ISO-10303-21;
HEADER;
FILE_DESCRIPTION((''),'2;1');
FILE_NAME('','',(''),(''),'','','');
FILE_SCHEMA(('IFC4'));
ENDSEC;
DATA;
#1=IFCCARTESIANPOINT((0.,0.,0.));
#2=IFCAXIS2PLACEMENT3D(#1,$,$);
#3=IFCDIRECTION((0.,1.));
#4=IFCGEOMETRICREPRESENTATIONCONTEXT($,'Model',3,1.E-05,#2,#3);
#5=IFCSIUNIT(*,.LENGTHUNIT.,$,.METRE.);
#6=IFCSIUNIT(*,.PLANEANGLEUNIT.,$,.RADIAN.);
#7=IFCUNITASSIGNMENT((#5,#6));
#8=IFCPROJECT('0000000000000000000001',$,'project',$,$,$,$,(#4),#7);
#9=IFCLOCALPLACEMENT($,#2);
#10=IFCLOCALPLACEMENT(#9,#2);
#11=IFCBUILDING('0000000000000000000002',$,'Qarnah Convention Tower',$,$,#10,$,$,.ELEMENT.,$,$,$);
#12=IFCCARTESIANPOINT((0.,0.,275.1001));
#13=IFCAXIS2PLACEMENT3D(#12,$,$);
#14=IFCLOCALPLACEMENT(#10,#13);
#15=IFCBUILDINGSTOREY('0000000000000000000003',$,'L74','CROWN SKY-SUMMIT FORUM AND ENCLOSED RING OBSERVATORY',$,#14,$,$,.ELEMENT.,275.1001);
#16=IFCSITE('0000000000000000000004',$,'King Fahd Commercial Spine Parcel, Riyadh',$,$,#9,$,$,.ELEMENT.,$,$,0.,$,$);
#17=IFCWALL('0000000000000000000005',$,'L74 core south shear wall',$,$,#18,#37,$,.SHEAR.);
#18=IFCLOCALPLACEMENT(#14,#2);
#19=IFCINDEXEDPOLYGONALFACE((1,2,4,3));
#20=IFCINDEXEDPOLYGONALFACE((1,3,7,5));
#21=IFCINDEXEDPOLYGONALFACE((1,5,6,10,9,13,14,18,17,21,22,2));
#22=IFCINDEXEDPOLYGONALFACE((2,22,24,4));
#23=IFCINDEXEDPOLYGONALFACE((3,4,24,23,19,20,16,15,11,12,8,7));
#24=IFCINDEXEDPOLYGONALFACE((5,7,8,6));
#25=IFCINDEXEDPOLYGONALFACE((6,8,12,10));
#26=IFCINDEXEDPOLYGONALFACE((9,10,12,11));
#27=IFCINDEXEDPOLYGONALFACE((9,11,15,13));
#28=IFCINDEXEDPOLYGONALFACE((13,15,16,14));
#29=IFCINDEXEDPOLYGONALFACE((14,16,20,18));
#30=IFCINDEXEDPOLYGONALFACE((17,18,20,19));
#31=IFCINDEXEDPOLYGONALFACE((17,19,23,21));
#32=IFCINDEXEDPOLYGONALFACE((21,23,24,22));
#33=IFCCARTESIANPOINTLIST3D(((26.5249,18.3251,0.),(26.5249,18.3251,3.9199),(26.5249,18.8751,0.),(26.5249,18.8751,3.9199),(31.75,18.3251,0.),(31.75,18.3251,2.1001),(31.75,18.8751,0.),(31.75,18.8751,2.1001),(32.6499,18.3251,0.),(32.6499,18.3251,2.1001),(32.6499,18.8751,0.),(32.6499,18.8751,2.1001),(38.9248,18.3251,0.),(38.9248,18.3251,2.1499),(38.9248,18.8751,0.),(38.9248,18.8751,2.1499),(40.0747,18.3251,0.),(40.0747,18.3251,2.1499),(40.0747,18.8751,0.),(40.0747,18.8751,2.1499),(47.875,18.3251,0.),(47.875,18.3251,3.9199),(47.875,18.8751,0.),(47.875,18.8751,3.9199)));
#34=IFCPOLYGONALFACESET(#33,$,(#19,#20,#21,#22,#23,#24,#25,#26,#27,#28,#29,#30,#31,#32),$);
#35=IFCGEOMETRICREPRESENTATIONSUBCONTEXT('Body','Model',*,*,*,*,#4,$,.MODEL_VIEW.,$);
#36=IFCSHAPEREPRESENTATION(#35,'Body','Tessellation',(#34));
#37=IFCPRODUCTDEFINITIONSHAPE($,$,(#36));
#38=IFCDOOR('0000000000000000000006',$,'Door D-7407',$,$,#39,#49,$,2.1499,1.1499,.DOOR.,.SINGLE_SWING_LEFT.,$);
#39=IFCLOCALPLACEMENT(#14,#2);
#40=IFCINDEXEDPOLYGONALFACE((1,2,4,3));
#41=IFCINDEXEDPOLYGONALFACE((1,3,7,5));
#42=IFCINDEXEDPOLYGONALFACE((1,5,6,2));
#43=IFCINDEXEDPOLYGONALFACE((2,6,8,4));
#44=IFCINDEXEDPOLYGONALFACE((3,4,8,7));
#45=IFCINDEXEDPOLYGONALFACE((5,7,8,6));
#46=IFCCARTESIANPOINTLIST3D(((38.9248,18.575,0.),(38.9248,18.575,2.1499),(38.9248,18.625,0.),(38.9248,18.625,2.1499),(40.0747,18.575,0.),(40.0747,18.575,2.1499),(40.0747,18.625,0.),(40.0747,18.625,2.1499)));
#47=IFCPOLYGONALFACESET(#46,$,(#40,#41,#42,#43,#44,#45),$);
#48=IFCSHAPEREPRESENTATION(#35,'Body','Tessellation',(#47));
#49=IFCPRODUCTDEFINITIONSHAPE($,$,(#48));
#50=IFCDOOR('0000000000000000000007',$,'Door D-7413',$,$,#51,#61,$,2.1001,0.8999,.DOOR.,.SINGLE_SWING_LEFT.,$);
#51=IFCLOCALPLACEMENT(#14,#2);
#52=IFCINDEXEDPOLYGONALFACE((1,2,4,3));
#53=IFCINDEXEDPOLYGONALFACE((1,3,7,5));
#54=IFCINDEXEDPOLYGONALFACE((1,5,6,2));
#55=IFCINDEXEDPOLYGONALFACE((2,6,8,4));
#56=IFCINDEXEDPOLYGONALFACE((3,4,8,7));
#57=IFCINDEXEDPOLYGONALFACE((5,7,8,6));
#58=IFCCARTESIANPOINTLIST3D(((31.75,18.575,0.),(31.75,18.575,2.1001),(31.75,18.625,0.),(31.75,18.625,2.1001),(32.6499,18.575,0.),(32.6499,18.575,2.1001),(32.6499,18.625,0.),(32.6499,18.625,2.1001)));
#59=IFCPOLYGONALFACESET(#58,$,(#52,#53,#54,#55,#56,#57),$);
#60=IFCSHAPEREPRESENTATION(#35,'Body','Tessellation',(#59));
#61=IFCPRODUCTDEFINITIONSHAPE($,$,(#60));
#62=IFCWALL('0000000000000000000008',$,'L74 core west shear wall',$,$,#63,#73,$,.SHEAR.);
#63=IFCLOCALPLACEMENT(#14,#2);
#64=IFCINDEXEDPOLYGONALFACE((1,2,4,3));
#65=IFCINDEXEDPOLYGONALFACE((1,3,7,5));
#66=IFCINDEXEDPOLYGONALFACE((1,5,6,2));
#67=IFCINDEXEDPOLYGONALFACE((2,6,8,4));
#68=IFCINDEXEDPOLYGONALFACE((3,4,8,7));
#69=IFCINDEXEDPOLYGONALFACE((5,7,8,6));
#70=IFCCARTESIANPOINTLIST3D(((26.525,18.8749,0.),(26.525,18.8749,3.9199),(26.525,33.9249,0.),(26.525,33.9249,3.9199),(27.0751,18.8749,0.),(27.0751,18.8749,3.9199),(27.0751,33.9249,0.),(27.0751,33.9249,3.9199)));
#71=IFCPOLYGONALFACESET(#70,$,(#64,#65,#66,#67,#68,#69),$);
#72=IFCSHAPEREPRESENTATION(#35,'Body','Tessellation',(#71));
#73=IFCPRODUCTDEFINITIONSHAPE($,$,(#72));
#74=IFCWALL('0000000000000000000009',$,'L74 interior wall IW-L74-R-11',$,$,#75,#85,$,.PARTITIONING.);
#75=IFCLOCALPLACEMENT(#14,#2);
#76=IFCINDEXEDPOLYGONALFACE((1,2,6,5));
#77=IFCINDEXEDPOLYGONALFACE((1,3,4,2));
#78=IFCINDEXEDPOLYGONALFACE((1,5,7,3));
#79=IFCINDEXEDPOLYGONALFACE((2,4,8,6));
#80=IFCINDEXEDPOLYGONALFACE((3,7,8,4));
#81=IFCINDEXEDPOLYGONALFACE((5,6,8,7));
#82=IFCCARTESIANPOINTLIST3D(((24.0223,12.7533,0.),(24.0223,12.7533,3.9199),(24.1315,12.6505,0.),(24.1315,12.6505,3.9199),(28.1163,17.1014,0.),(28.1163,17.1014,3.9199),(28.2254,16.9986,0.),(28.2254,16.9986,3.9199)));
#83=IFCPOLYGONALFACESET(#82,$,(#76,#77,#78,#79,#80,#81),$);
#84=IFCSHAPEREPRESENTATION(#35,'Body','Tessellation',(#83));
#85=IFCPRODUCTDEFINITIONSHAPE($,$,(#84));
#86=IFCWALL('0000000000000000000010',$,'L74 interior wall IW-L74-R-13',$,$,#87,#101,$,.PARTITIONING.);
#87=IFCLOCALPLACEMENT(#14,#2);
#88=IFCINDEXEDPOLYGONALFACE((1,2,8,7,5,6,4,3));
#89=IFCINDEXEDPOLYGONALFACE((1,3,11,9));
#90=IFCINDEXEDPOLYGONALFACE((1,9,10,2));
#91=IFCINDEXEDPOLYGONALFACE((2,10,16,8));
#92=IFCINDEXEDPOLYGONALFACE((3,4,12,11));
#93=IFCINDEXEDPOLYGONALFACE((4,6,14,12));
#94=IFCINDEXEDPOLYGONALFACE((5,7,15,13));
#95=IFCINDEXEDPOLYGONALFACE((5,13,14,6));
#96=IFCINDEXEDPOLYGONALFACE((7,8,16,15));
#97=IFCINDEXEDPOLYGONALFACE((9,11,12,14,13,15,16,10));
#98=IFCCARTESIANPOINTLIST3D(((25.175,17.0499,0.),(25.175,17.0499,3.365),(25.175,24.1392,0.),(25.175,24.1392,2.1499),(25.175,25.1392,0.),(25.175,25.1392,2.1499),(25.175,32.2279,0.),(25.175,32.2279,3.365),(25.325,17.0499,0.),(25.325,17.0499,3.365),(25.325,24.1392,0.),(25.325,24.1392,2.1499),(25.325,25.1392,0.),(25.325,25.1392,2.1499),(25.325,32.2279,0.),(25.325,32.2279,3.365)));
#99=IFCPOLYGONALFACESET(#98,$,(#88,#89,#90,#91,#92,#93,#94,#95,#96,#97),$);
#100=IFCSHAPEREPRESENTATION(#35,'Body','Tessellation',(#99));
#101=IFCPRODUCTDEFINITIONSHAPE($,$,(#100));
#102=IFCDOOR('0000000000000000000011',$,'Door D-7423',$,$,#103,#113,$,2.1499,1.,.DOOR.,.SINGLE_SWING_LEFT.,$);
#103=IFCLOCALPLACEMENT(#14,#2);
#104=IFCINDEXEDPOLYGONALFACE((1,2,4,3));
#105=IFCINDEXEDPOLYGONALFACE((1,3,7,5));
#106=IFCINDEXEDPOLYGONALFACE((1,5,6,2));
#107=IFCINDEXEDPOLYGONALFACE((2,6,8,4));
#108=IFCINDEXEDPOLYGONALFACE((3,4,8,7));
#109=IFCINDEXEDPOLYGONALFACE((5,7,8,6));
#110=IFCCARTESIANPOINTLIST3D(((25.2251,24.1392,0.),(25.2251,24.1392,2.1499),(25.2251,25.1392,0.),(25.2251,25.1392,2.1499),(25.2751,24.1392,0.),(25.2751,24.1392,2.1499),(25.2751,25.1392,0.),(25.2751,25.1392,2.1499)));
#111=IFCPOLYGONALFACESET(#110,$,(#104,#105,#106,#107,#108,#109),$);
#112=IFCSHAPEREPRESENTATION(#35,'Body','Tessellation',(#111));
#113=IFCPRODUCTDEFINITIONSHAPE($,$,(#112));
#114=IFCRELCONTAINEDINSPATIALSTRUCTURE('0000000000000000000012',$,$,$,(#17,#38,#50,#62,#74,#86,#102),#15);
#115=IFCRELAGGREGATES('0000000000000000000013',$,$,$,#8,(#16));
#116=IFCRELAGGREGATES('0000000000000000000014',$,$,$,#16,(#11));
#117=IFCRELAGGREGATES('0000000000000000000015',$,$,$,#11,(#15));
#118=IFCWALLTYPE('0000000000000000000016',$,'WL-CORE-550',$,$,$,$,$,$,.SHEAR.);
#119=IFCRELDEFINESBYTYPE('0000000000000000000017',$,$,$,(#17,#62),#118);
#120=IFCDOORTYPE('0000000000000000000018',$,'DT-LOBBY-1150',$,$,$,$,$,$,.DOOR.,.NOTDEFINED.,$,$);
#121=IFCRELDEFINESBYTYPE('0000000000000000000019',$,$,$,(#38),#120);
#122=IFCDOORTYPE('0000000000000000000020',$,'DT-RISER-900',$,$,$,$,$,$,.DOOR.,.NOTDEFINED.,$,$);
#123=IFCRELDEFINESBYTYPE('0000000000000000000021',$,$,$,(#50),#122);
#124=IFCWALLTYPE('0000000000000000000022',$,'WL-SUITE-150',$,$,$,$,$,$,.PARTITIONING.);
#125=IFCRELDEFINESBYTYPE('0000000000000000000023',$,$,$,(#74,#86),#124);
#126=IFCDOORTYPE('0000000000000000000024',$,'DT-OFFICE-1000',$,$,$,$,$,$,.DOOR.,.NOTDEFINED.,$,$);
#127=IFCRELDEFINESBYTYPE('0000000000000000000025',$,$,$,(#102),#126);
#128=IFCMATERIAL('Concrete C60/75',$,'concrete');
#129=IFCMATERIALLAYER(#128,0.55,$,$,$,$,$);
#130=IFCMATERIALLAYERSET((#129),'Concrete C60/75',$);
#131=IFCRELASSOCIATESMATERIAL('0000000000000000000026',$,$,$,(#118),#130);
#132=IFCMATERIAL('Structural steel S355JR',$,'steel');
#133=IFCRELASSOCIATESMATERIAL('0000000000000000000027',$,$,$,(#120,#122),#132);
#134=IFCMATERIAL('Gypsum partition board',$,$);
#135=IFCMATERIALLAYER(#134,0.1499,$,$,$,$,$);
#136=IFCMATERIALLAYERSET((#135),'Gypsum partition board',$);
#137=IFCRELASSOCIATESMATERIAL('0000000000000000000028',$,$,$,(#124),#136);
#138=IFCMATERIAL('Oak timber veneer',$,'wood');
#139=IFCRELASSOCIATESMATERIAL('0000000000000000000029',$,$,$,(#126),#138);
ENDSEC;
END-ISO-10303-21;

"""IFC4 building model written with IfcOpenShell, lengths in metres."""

from ifc_helpers import new_model, si_unit, direction, frame, frame_2d, origin, place, context, subcontext, project, spatial, rectangle, extrude, material, layer, layer_set, type_object, element, fill, save


model = new_model("IFC4")

# Units and contexts
model_context = context("Model", 3, precision=1e-05, world=origin(), true_north=direction((0.0, 1.0)))
body_context = subcontext(model_context, "Body", "Model", "MODEL_VIEW")
ifc_project = project(units=[si_unit("LENGTHUNIT", "METRE"), si_unit("PLANEANGLEUNIT", "RADIAN")], contexts=[model_context])

# Site, building, storey
site_placement = place(None, origin())
site = spatial("IfcSite", under=ifc_project, at=site_placement, Name="King Fahd Commercial Spine Parcel, Riyadh", CompositionType="ELEMENT", RefElevation=0.0)
building_placement = place(site_placement, origin())
building = spatial("IfcBuilding", under=site, at=building_placement, Name="Qarnah Convention Tower", CompositionType="ELEMENT")
storey_placement = place(building_placement, frame((0.0, 0.0, 275.1001)))
storey = spatial("IfcBuildingStorey", under=building, at=storey_placement, Name="L74", Description="CROWN SKY-SUMMIT FORUM AND ENCLOSED RING OBSERVATORY", CompositionType="ELEMENT", Elevation=275.1001)

# Shared definitions
ifc_material_1 = material(Name="Structural steel S355JR", Category="steel")

# Wall, openings, doors
ifc_material_2 = material(Name="Concrete C60/75", Category="concrete")
ifc_layer_1 = layer(ifc_material_2, 0.55)
ifc_layer_set_1 = layer_set([ifc_layer_1], Name="Concrete C60/75")
wall_type_1 = type_object("IfcWallType", Name="WL-CORE-550", PredefinedType="SHEAR", material=ifc_layer_set_1)
wall_1_placement = place(storey_placement, frame((26.5249, 18.6001, 0.0), z_axis=(0.0, 0.0, 1.0), x_axis=(1.0, 0.0, 0.0)))
wall_1 = element("IfcWall", 1, at=wall_1_placement, inside=storey, type_object=wall_type_1, Name="L74 core south shear wall", PredefinedType="SHEAR", context=body_context, shape_type="SweptSolid", body=[
    extrude(rectangle(XDim=21.3501, YDim=0.55, at=frame_2d((10.675, 0.0))), origin(), (0.0, 0.0, 1.0), 3.9199),
])
opening_1_placement = place(wall_1_placement, frame((12.3999, 0.0, 0.0)))
opening_1 = element("IfcOpeningElement", 2, at=opening_1_placement, cuts=wall_1, PredefinedType="OPENING", context=body_context, shape_type="SweptSolid", body=[
    extrude(rectangle(XDim=1.1499, YDim=2.1499, at=frame_2d((0.575, 1.075))), frame((0.0, 0.2849, 0.0), z_axis=(0.0, -1.0, 0.0), x_axis=(1.0, 0.0, 0.0)), (0.0, 0.0, 1.0), 0.5701),
])
opening_2_placement = place(wall_1_placement, frame((5.2251, 0.0, 0.0)))
opening_2 = element("IfcOpeningElement", 3, at=opening_2_placement, cuts=wall_1, PredefinedType="OPENING", context=body_context, shape_type="SweptSolid", body=[
    extrude(rectangle(XDim=0.8999, YDim=2.1001, at=frame_2d((0.45, 1.05))), frame((0.0, 0.2849, 0.0), z_axis=(0.0, -1.0, 0.0), x_axis=(1.0, 0.0, 0.0)), (0.0, 0.0, 1.0), 0.5701),
])
door_type_1 = type_object("IfcDoorType", Name="DT-LOBBY-1150", OperationType="NOTDEFINED", PredefinedType="DOOR", material=ifc_material_1)
door_1_placement = place(opening_1_placement, origin())
door_1 = element("IfcDoor", 4, at=door_1_placement, inside=storey, type_object=door_type_1, Name="Door D-7407", OperationType="SINGLE_SWING_LEFT", OverallHeight=2.1499, OverallWidth=1.1499, PredefinedType="DOOR", context=body_context, shape_type="SweptSolid", body=[
    extrude(rectangle(XDim=1.1499, YDim=2.1499, at=frame_2d((0.575, 1.075))), frame((0.0, 0.0249, 0.0), z_axis=(0.0, -1.0, 0.0), x_axis=(1.0, 0.0, 0.0)), (0.0, 0.0, 1.0), 0.05),
])
fill(opening_1, door_1)
door_type_2 = type_object("IfcDoorType", Name="DT-RISER-900", OperationType="NOTDEFINED", PredefinedType="DOOR", material=ifc_material_1)
door_2_placement = place(opening_2_placement, origin())
door_2 = element("IfcDoor", 5, at=door_2_placement, inside=storey, type_object=door_type_2, Name="Door D-7413", OperationType="SINGLE_SWING_LEFT", OverallHeight=2.1001, OverallWidth=0.8999, PredefinedType="DOOR", context=body_context, shape_type="SweptSolid", body=[
    extrude(rectangle(XDim=0.8999, YDim=2.1001, at=frame_2d((0.45, 1.05))), frame((0.0, 0.0249, 0.0), z_axis=(0.0, -1.0, 0.0), x_axis=(1.0, 0.0, 0.0)), (0.0, 0.0, 1.0), 0.05),
])
fill(opening_2, door_2)

# Wall
wall_2_placement = place(storey_placement, frame((26.8, 18.875, 0.0), z_axis=(0.0, 0.0, 1.0), x_axis=(0.0, 1.0, 0.0)))
element("IfcWall", 6, at=wall_2_placement, inside=storey, type_object=wall_type_1, Name="L74 core west shear wall", PredefinedType="SHEAR", context=body_context, shape_type="SweptSolid", body=[
    extrude(rectangle(XDim=15.05, YDim=0.55, at=frame_2d((7.5249, 0.0))), origin(), (0.0, 0.0, 1.0), 3.9199),
])

# Wall
ifc_material_3 = material(Name="Gypsum partition board")
ifc_layer_2 = layer(ifc_material_3, 0.1499)
ifc_layer_set_2 = layer_set([ifc_layer_2], Name="Gypsum partition board")
wall_type_2 = type_object("IfcWallType", Name="WL-SUITE-150", PredefinedType="PARTITIONING", material=ifc_layer_set_2)
wall_3_placement = place(storey_placement, frame((24.0769, 12.7019, 0.0), z_axis=(0.0, 0.0, 1.0), x_axis=(0.685509, 0.728064, 0.0)))
element("IfcWall", 7, at=wall_3_placement, inside=storey, type_object=wall_type_2, Name="L74 interior wall IW-L74-R-11", PredefinedType="PARTITIONING", context=body_context, shape_type="SweptSolid", body=[
    extrude(rectangle(XDim=5.9722, YDim=0.1499, at=frame_2d((2.9861, 0.0))), origin(), (0.0, 0.0, 1.0), 3.9199),
])

# Wall, opening, door
wall_4_placement = place(storey_placement, frame((25.25, 17.05, 0.0), z_axis=(0.0, 0.0, 1.0), x_axis=(0.0, 1.0, 0.0)))
wall_4 = element("IfcWall", 8, at=wall_4_placement, inside=storey, type_object=wall_type_2, Name="L74 interior wall IW-L74-R-13", PredefinedType="PARTITIONING", context=body_context, shape_type="SweptSolid", body=[
    extrude(rectangle(XDim=15.178, YDim=0.1499, at=frame_2d((7.5889, 0.0))), origin(), (0.0, 0.0, 1.0), 3.365),
])
opening_3_placement = place(wall_4_placement, frame((7.0891, 0.0, 0.0)))
opening_3 = element("IfcOpeningElement", 9, at=opening_3_placement, cuts=wall_4, PredefinedType="OPENING", context=body_context, shape_type="SweptSolid", body=[
    extrude(rectangle(XDim=1.0, YDim=2.1499, at=frame_2d((0.5, 1.075))), frame((0.0, 0.085, 0.0), z_axis=(0.0, -1.0, 0.0), x_axis=(1.0, 0.0, 0.0)), (0.0, 0.0, 1.0), 0.1699),
])
ifc_material_4 = material(Name="Oak timber veneer", Category="wood")
door_type_3 = type_object("IfcDoorType", Name="DT-OFFICE-1000", OperationType="NOTDEFINED", PredefinedType="DOOR", material=ifc_material_4)
door_3_placement = place(opening_3_placement, origin())
door_3 = element("IfcDoor", 10, at=door_3_placement, inside=storey, type_object=door_type_3, Name="Door D-7423", OperationType="SINGLE_SWING_LEFT", OverallHeight=2.1499, OverallWidth=1.0, PredefinedType="DOOR", context=body_context, shape_type="SweptSolid", body=[
    extrude(rectangle(XDim=1.0, YDim=2.1499, at=frame_2d((0.5, 1.075))), frame((0.0, 0.0249, 0.0), z_axis=(0.0, -1.0, 0.0), x_axis=(1.0, 0.0, 0.0)), (0.0, 0.0, 1.0), 0.05),
])
fill(opening_3, door_3)

save(model, "model.ifc")
